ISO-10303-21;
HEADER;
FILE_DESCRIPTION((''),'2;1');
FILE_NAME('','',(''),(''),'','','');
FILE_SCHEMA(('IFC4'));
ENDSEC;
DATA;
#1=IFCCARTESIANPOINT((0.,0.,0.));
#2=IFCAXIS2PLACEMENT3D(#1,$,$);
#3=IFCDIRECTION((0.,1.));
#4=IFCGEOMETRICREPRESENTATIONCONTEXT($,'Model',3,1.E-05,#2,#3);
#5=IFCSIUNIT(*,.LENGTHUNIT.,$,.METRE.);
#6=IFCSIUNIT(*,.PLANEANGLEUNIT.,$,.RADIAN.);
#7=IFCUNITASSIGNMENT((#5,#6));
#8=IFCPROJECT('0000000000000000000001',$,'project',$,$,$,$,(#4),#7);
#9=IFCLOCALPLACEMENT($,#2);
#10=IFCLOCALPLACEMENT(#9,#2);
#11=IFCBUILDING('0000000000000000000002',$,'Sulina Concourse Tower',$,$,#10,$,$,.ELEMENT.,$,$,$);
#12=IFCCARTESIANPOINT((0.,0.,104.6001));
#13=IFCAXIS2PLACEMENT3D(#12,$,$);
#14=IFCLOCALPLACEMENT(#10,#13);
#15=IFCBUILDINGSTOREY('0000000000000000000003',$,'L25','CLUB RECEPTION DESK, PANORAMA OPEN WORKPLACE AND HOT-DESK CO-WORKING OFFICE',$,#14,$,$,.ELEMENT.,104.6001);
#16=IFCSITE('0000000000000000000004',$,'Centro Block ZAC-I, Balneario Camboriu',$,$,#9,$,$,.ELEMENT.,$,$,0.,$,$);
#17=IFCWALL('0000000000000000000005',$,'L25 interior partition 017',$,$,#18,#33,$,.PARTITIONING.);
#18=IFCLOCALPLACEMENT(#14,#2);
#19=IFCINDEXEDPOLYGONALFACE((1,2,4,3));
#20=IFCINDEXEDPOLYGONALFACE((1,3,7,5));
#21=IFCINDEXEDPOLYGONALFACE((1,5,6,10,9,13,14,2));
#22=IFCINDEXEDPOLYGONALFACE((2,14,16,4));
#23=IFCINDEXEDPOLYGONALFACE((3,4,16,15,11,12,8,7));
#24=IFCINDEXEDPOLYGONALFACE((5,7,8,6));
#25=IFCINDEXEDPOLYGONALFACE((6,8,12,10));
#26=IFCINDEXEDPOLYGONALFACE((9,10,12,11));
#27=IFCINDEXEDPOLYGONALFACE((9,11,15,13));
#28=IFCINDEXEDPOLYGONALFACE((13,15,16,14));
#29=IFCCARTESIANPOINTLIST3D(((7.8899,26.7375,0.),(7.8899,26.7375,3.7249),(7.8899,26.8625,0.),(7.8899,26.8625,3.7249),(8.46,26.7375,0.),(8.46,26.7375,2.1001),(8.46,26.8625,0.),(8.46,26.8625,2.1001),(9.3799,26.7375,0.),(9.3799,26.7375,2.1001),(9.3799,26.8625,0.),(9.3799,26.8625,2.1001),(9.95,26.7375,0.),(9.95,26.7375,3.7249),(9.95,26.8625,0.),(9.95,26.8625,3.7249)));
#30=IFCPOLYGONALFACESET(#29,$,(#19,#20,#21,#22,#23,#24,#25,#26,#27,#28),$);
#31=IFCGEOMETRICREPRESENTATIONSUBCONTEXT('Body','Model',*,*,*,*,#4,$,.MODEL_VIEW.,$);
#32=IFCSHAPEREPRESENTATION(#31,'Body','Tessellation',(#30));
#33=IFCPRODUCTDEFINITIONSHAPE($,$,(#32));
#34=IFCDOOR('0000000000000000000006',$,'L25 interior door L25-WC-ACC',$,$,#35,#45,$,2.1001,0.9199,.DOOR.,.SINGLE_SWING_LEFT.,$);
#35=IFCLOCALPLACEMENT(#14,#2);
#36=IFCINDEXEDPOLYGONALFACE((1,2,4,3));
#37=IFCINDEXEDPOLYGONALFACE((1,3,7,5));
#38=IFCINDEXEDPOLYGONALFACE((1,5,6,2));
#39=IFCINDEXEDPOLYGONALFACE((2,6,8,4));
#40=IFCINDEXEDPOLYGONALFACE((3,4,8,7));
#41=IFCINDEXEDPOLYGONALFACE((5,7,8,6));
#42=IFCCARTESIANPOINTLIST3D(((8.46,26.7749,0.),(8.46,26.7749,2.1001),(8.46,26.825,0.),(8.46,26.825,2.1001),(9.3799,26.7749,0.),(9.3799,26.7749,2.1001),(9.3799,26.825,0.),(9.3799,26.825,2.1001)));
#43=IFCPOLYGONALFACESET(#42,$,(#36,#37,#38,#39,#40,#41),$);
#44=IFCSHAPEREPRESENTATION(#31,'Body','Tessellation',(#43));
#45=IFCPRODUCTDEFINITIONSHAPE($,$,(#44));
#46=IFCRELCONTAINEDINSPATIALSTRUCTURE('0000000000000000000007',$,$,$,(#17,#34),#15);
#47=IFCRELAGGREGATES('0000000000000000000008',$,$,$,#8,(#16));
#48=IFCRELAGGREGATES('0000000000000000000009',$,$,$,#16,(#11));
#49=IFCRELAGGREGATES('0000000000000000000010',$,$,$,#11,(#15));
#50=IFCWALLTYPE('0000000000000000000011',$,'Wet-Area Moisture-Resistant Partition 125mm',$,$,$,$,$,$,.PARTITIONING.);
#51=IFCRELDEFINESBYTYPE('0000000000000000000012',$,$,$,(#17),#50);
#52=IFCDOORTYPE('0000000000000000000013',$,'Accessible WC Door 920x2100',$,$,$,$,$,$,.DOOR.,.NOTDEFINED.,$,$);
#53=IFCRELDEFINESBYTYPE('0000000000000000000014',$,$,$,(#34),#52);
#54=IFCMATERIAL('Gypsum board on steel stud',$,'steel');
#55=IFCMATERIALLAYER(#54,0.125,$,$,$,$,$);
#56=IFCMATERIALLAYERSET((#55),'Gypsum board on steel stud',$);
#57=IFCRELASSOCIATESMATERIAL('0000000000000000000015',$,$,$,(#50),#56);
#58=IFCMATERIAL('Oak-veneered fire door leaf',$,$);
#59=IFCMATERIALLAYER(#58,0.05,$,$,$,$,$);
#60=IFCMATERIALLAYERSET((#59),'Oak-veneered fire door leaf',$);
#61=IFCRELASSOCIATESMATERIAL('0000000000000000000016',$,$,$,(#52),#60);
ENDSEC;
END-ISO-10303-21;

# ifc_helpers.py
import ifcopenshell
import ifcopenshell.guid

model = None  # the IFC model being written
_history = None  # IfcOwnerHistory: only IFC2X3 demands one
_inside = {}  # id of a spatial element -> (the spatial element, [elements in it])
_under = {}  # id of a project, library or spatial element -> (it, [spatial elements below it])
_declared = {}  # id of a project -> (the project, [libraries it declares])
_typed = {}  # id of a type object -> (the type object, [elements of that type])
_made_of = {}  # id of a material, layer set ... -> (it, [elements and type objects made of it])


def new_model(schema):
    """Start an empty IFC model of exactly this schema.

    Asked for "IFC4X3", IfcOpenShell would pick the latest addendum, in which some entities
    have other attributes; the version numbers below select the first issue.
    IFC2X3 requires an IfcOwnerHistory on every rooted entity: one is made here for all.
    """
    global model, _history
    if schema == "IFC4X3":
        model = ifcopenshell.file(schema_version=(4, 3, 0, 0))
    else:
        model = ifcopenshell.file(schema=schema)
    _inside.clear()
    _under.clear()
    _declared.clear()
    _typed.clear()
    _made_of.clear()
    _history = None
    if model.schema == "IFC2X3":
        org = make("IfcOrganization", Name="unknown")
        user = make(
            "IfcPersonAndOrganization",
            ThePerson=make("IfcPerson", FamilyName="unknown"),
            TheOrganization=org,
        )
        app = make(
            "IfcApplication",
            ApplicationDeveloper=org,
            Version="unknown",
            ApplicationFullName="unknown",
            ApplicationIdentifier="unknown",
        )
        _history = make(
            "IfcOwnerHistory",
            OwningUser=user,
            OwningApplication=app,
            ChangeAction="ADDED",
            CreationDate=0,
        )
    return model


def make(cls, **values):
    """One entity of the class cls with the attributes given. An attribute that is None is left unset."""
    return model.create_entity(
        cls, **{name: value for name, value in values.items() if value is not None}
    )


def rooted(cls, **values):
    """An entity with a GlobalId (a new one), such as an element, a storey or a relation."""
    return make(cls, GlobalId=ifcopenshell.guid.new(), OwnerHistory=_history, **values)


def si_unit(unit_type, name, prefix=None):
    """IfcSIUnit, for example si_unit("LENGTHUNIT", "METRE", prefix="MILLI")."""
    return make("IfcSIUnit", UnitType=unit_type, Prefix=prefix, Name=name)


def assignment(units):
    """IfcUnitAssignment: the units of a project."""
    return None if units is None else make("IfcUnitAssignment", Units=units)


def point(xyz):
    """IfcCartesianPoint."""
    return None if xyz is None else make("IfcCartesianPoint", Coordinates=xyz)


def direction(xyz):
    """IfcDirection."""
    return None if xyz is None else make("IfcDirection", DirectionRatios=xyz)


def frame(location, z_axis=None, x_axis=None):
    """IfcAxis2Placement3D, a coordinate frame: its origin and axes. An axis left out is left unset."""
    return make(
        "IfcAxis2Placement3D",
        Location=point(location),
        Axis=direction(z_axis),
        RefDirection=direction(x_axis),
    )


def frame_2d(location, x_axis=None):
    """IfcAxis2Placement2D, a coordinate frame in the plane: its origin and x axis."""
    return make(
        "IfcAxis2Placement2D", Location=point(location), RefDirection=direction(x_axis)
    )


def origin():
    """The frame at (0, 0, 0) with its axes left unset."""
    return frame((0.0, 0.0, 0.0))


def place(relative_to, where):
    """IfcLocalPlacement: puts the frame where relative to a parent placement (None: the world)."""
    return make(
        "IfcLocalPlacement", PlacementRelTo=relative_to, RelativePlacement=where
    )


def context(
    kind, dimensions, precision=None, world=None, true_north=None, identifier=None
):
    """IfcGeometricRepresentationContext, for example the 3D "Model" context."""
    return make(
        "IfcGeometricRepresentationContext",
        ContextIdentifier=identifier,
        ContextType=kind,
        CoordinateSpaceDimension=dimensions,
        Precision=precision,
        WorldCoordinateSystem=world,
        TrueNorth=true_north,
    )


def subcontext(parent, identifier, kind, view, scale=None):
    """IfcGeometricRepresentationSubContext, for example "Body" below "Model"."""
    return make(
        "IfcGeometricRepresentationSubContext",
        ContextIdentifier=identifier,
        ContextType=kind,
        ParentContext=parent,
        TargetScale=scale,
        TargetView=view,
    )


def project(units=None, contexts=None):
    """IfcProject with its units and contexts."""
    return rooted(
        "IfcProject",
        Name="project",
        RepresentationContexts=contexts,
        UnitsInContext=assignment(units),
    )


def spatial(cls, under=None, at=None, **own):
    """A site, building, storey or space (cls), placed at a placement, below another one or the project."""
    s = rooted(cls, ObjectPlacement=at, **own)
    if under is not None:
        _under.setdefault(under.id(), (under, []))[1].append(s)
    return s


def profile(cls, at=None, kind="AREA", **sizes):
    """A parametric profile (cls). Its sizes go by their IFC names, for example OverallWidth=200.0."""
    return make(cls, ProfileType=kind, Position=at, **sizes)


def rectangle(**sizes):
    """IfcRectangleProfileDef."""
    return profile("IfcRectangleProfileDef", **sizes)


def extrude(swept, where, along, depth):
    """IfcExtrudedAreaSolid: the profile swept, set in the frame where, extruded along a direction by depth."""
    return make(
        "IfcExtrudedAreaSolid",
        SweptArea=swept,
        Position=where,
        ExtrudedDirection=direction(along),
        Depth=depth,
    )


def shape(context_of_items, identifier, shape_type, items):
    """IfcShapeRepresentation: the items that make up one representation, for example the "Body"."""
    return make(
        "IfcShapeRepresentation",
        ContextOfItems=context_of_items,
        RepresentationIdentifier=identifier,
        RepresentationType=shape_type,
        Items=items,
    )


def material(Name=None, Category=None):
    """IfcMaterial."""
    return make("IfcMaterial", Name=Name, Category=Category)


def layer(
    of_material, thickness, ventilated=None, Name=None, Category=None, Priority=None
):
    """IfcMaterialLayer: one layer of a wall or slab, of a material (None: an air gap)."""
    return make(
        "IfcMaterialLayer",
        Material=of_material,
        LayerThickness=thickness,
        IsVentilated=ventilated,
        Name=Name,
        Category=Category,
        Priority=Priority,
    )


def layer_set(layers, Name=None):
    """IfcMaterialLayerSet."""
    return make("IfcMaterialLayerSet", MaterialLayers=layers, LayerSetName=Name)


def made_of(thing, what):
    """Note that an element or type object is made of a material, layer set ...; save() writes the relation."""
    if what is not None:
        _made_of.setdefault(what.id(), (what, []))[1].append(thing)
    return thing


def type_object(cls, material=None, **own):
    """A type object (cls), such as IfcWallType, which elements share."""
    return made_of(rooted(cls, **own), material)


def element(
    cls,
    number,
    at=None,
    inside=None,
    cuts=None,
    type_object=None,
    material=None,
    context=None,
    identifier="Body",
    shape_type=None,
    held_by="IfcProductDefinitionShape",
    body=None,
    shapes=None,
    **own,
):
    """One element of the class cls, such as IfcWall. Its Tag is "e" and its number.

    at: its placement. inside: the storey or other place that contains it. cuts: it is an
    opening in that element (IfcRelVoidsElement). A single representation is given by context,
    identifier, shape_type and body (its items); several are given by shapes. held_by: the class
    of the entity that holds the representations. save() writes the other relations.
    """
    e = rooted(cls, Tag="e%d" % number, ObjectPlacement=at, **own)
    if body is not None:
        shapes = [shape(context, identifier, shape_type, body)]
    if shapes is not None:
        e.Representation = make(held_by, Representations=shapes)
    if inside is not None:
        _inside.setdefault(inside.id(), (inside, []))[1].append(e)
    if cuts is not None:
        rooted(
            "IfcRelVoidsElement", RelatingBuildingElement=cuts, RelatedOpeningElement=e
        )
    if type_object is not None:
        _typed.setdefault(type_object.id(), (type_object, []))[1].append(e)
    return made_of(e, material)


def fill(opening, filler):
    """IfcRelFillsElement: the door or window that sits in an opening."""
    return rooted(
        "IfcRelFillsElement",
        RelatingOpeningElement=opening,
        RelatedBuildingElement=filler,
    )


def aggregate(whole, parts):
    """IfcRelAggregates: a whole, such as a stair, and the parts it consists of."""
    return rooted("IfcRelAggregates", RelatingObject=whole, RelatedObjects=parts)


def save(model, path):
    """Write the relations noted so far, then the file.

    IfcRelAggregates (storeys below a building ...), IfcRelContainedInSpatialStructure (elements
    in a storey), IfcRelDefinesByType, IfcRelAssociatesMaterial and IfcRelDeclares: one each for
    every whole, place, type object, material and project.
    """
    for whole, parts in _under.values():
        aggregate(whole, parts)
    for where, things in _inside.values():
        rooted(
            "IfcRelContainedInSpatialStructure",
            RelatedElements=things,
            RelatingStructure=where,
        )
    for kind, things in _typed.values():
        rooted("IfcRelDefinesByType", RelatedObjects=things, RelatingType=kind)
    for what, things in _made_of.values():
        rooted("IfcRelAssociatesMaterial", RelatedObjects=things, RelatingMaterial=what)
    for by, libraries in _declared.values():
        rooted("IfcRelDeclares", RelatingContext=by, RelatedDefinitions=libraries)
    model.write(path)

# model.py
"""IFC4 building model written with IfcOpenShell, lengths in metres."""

from ifc_helpers import new_model, si_unit, direction, frame, frame_2d, origin, place, context, subcontext, project, spatial, rectangle, extrude, material, layer, layer_set, type_object, element, fill, save


model = new_model("IFC4")

# Units and contexts
model_context = context("Model", 3, precision=1e-05, world=origin(), true_north=direction((0.0, 1.0)))
body_context = subcontext(model_context, "Body", "Model", "MODEL_VIEW")
ifc_project = project(units=[si_unit("LENGTHUNIT", "METRE"), si_unit("PLANEANGLEUNIT", "RADIAN")], contexts=[model_context])

# Site, building, storey
site_placement = place(None, origin())
site = spatial("IfcSite", under=ifc_project, at=site_placement, Name="Centro Block ZAC-I, Balneario Camboriu", CompositionType="ELEMENT", RefElevation=0.0)
building_placement = place(site_placement, origin())
building = spatial("IfcBuilding", under=site, at=building_placement, Name="Sulina Concourse Tower", CompositionType="ELEMENT")
storey_placement = place(building_placement, frame((0.0, 0.0, 104.6001)))
storey = spatial("IfcBuildingStorey", under=building, at=storey_placement, Name="L25", Description="CLUB RECEPTION DESK, PANORAMA OPEN WORKPLACE AND HOT-DESK CO-WORKING OFFICE", CompositionType="ELEMENT", Elevation=104.6001)

# Wall, opening, door
ifc_material_1 = material(Name="Gypsum board on steel stud", Category="steel")
ifc_layer_1 = layer(ifc_material_1, 0.125)
ifc_layer_set_1 = layer_set([ifc_layer_1], Name="Gypsum board on steel stud")
wall_type_1 = type_object("IfcWallType", Name="Wet-Area Moisture-Resistant Partition 125mm", PredefinedType="PARTITIONING", material=ifc_layer_set_1)
wall_1_placement = place(storey_placement, frame((7.8899, 26.8, 0.0), z_axis=(0.0, 0.0, 1.0), x_axis=(1.0, 0.0, 0.0)))
wall_1 = element("IfcWall", 1, at=wall_1_placement, inside=storey, type_object=wall_type_1, Name="L25 interior partition 017", PredefinedType="PARTITIONING", context=body_context, shape_type="SweptSolid", body=[
    extrude(rectangle(XDim=2.0601, YDim=0.125, at=frame_2d((1.03, 0.0))), origin(), (0.0, 0.0, 1.0), 3.7249),
])
opening_1_placement = place(wall_1_placement, frame((0.5701, 0.0, 0.0)))
opening_1 = element("IfcOpeningElement", 2, at=opening_1_placement, cuts=wall_1, PredefinedType="OPENING", context=body_context, shape_type="SweptSolid", body=[
    extrude(rectangle(XDim=0.9199, YDim=2.1001, at=frame_2d((0.46, 1.05))), frame((0.0, 0.0725, 0.0), z_axis=(0.0, -1.0, 0.0), x_axis=(1.0, 0.0, 0.0)), (0.0, 0.0, 1.0), 0.145),
])
ifc_material_2 = material(Name="Oak-veneered fire door leaf")
ifc_layer_2 = layer(ifc_material_2, 0.05)
ifc_layer_set_2 = layer_set([ifc_layer_2], Name="Oak-veneered fire door leaf")
door_type_1 = type_object("IfcDoorType", Name="Accessible WC Door 920x2100", OperationType="NOTDEFINED", PredefinedType="DOOR", material=ifc_layer_set_2)
door_1_placement = place(opening_1_placement, origin())
door_1 = element("IfcDoor", 3, at=door_1_placement, inside=storey, type_object=door_type_1, Name="L25 interior door L25-WC-ACC", OperationType="SINGLE_SWING_LEFT", OverallHeight=2.1001, OverallWidth=0.9199, PredefinedType="DOOR", context=body_context, shape_type="SweptSolid", body=[
    extrude(rectangle(XDim=0.9199, YDim=2.1001, at=frame_2d((0.46, 1.05))), frame((0.0, 0.0249, 0.0), z_axis=(0.0, -1.0, 0.0), x_axis=(1.0, 0.0, 0.0)), (0.0, 0.0, 1.0), 0.05),
])
fill(opening_1, door_1)

save(model, "model.ifc")
